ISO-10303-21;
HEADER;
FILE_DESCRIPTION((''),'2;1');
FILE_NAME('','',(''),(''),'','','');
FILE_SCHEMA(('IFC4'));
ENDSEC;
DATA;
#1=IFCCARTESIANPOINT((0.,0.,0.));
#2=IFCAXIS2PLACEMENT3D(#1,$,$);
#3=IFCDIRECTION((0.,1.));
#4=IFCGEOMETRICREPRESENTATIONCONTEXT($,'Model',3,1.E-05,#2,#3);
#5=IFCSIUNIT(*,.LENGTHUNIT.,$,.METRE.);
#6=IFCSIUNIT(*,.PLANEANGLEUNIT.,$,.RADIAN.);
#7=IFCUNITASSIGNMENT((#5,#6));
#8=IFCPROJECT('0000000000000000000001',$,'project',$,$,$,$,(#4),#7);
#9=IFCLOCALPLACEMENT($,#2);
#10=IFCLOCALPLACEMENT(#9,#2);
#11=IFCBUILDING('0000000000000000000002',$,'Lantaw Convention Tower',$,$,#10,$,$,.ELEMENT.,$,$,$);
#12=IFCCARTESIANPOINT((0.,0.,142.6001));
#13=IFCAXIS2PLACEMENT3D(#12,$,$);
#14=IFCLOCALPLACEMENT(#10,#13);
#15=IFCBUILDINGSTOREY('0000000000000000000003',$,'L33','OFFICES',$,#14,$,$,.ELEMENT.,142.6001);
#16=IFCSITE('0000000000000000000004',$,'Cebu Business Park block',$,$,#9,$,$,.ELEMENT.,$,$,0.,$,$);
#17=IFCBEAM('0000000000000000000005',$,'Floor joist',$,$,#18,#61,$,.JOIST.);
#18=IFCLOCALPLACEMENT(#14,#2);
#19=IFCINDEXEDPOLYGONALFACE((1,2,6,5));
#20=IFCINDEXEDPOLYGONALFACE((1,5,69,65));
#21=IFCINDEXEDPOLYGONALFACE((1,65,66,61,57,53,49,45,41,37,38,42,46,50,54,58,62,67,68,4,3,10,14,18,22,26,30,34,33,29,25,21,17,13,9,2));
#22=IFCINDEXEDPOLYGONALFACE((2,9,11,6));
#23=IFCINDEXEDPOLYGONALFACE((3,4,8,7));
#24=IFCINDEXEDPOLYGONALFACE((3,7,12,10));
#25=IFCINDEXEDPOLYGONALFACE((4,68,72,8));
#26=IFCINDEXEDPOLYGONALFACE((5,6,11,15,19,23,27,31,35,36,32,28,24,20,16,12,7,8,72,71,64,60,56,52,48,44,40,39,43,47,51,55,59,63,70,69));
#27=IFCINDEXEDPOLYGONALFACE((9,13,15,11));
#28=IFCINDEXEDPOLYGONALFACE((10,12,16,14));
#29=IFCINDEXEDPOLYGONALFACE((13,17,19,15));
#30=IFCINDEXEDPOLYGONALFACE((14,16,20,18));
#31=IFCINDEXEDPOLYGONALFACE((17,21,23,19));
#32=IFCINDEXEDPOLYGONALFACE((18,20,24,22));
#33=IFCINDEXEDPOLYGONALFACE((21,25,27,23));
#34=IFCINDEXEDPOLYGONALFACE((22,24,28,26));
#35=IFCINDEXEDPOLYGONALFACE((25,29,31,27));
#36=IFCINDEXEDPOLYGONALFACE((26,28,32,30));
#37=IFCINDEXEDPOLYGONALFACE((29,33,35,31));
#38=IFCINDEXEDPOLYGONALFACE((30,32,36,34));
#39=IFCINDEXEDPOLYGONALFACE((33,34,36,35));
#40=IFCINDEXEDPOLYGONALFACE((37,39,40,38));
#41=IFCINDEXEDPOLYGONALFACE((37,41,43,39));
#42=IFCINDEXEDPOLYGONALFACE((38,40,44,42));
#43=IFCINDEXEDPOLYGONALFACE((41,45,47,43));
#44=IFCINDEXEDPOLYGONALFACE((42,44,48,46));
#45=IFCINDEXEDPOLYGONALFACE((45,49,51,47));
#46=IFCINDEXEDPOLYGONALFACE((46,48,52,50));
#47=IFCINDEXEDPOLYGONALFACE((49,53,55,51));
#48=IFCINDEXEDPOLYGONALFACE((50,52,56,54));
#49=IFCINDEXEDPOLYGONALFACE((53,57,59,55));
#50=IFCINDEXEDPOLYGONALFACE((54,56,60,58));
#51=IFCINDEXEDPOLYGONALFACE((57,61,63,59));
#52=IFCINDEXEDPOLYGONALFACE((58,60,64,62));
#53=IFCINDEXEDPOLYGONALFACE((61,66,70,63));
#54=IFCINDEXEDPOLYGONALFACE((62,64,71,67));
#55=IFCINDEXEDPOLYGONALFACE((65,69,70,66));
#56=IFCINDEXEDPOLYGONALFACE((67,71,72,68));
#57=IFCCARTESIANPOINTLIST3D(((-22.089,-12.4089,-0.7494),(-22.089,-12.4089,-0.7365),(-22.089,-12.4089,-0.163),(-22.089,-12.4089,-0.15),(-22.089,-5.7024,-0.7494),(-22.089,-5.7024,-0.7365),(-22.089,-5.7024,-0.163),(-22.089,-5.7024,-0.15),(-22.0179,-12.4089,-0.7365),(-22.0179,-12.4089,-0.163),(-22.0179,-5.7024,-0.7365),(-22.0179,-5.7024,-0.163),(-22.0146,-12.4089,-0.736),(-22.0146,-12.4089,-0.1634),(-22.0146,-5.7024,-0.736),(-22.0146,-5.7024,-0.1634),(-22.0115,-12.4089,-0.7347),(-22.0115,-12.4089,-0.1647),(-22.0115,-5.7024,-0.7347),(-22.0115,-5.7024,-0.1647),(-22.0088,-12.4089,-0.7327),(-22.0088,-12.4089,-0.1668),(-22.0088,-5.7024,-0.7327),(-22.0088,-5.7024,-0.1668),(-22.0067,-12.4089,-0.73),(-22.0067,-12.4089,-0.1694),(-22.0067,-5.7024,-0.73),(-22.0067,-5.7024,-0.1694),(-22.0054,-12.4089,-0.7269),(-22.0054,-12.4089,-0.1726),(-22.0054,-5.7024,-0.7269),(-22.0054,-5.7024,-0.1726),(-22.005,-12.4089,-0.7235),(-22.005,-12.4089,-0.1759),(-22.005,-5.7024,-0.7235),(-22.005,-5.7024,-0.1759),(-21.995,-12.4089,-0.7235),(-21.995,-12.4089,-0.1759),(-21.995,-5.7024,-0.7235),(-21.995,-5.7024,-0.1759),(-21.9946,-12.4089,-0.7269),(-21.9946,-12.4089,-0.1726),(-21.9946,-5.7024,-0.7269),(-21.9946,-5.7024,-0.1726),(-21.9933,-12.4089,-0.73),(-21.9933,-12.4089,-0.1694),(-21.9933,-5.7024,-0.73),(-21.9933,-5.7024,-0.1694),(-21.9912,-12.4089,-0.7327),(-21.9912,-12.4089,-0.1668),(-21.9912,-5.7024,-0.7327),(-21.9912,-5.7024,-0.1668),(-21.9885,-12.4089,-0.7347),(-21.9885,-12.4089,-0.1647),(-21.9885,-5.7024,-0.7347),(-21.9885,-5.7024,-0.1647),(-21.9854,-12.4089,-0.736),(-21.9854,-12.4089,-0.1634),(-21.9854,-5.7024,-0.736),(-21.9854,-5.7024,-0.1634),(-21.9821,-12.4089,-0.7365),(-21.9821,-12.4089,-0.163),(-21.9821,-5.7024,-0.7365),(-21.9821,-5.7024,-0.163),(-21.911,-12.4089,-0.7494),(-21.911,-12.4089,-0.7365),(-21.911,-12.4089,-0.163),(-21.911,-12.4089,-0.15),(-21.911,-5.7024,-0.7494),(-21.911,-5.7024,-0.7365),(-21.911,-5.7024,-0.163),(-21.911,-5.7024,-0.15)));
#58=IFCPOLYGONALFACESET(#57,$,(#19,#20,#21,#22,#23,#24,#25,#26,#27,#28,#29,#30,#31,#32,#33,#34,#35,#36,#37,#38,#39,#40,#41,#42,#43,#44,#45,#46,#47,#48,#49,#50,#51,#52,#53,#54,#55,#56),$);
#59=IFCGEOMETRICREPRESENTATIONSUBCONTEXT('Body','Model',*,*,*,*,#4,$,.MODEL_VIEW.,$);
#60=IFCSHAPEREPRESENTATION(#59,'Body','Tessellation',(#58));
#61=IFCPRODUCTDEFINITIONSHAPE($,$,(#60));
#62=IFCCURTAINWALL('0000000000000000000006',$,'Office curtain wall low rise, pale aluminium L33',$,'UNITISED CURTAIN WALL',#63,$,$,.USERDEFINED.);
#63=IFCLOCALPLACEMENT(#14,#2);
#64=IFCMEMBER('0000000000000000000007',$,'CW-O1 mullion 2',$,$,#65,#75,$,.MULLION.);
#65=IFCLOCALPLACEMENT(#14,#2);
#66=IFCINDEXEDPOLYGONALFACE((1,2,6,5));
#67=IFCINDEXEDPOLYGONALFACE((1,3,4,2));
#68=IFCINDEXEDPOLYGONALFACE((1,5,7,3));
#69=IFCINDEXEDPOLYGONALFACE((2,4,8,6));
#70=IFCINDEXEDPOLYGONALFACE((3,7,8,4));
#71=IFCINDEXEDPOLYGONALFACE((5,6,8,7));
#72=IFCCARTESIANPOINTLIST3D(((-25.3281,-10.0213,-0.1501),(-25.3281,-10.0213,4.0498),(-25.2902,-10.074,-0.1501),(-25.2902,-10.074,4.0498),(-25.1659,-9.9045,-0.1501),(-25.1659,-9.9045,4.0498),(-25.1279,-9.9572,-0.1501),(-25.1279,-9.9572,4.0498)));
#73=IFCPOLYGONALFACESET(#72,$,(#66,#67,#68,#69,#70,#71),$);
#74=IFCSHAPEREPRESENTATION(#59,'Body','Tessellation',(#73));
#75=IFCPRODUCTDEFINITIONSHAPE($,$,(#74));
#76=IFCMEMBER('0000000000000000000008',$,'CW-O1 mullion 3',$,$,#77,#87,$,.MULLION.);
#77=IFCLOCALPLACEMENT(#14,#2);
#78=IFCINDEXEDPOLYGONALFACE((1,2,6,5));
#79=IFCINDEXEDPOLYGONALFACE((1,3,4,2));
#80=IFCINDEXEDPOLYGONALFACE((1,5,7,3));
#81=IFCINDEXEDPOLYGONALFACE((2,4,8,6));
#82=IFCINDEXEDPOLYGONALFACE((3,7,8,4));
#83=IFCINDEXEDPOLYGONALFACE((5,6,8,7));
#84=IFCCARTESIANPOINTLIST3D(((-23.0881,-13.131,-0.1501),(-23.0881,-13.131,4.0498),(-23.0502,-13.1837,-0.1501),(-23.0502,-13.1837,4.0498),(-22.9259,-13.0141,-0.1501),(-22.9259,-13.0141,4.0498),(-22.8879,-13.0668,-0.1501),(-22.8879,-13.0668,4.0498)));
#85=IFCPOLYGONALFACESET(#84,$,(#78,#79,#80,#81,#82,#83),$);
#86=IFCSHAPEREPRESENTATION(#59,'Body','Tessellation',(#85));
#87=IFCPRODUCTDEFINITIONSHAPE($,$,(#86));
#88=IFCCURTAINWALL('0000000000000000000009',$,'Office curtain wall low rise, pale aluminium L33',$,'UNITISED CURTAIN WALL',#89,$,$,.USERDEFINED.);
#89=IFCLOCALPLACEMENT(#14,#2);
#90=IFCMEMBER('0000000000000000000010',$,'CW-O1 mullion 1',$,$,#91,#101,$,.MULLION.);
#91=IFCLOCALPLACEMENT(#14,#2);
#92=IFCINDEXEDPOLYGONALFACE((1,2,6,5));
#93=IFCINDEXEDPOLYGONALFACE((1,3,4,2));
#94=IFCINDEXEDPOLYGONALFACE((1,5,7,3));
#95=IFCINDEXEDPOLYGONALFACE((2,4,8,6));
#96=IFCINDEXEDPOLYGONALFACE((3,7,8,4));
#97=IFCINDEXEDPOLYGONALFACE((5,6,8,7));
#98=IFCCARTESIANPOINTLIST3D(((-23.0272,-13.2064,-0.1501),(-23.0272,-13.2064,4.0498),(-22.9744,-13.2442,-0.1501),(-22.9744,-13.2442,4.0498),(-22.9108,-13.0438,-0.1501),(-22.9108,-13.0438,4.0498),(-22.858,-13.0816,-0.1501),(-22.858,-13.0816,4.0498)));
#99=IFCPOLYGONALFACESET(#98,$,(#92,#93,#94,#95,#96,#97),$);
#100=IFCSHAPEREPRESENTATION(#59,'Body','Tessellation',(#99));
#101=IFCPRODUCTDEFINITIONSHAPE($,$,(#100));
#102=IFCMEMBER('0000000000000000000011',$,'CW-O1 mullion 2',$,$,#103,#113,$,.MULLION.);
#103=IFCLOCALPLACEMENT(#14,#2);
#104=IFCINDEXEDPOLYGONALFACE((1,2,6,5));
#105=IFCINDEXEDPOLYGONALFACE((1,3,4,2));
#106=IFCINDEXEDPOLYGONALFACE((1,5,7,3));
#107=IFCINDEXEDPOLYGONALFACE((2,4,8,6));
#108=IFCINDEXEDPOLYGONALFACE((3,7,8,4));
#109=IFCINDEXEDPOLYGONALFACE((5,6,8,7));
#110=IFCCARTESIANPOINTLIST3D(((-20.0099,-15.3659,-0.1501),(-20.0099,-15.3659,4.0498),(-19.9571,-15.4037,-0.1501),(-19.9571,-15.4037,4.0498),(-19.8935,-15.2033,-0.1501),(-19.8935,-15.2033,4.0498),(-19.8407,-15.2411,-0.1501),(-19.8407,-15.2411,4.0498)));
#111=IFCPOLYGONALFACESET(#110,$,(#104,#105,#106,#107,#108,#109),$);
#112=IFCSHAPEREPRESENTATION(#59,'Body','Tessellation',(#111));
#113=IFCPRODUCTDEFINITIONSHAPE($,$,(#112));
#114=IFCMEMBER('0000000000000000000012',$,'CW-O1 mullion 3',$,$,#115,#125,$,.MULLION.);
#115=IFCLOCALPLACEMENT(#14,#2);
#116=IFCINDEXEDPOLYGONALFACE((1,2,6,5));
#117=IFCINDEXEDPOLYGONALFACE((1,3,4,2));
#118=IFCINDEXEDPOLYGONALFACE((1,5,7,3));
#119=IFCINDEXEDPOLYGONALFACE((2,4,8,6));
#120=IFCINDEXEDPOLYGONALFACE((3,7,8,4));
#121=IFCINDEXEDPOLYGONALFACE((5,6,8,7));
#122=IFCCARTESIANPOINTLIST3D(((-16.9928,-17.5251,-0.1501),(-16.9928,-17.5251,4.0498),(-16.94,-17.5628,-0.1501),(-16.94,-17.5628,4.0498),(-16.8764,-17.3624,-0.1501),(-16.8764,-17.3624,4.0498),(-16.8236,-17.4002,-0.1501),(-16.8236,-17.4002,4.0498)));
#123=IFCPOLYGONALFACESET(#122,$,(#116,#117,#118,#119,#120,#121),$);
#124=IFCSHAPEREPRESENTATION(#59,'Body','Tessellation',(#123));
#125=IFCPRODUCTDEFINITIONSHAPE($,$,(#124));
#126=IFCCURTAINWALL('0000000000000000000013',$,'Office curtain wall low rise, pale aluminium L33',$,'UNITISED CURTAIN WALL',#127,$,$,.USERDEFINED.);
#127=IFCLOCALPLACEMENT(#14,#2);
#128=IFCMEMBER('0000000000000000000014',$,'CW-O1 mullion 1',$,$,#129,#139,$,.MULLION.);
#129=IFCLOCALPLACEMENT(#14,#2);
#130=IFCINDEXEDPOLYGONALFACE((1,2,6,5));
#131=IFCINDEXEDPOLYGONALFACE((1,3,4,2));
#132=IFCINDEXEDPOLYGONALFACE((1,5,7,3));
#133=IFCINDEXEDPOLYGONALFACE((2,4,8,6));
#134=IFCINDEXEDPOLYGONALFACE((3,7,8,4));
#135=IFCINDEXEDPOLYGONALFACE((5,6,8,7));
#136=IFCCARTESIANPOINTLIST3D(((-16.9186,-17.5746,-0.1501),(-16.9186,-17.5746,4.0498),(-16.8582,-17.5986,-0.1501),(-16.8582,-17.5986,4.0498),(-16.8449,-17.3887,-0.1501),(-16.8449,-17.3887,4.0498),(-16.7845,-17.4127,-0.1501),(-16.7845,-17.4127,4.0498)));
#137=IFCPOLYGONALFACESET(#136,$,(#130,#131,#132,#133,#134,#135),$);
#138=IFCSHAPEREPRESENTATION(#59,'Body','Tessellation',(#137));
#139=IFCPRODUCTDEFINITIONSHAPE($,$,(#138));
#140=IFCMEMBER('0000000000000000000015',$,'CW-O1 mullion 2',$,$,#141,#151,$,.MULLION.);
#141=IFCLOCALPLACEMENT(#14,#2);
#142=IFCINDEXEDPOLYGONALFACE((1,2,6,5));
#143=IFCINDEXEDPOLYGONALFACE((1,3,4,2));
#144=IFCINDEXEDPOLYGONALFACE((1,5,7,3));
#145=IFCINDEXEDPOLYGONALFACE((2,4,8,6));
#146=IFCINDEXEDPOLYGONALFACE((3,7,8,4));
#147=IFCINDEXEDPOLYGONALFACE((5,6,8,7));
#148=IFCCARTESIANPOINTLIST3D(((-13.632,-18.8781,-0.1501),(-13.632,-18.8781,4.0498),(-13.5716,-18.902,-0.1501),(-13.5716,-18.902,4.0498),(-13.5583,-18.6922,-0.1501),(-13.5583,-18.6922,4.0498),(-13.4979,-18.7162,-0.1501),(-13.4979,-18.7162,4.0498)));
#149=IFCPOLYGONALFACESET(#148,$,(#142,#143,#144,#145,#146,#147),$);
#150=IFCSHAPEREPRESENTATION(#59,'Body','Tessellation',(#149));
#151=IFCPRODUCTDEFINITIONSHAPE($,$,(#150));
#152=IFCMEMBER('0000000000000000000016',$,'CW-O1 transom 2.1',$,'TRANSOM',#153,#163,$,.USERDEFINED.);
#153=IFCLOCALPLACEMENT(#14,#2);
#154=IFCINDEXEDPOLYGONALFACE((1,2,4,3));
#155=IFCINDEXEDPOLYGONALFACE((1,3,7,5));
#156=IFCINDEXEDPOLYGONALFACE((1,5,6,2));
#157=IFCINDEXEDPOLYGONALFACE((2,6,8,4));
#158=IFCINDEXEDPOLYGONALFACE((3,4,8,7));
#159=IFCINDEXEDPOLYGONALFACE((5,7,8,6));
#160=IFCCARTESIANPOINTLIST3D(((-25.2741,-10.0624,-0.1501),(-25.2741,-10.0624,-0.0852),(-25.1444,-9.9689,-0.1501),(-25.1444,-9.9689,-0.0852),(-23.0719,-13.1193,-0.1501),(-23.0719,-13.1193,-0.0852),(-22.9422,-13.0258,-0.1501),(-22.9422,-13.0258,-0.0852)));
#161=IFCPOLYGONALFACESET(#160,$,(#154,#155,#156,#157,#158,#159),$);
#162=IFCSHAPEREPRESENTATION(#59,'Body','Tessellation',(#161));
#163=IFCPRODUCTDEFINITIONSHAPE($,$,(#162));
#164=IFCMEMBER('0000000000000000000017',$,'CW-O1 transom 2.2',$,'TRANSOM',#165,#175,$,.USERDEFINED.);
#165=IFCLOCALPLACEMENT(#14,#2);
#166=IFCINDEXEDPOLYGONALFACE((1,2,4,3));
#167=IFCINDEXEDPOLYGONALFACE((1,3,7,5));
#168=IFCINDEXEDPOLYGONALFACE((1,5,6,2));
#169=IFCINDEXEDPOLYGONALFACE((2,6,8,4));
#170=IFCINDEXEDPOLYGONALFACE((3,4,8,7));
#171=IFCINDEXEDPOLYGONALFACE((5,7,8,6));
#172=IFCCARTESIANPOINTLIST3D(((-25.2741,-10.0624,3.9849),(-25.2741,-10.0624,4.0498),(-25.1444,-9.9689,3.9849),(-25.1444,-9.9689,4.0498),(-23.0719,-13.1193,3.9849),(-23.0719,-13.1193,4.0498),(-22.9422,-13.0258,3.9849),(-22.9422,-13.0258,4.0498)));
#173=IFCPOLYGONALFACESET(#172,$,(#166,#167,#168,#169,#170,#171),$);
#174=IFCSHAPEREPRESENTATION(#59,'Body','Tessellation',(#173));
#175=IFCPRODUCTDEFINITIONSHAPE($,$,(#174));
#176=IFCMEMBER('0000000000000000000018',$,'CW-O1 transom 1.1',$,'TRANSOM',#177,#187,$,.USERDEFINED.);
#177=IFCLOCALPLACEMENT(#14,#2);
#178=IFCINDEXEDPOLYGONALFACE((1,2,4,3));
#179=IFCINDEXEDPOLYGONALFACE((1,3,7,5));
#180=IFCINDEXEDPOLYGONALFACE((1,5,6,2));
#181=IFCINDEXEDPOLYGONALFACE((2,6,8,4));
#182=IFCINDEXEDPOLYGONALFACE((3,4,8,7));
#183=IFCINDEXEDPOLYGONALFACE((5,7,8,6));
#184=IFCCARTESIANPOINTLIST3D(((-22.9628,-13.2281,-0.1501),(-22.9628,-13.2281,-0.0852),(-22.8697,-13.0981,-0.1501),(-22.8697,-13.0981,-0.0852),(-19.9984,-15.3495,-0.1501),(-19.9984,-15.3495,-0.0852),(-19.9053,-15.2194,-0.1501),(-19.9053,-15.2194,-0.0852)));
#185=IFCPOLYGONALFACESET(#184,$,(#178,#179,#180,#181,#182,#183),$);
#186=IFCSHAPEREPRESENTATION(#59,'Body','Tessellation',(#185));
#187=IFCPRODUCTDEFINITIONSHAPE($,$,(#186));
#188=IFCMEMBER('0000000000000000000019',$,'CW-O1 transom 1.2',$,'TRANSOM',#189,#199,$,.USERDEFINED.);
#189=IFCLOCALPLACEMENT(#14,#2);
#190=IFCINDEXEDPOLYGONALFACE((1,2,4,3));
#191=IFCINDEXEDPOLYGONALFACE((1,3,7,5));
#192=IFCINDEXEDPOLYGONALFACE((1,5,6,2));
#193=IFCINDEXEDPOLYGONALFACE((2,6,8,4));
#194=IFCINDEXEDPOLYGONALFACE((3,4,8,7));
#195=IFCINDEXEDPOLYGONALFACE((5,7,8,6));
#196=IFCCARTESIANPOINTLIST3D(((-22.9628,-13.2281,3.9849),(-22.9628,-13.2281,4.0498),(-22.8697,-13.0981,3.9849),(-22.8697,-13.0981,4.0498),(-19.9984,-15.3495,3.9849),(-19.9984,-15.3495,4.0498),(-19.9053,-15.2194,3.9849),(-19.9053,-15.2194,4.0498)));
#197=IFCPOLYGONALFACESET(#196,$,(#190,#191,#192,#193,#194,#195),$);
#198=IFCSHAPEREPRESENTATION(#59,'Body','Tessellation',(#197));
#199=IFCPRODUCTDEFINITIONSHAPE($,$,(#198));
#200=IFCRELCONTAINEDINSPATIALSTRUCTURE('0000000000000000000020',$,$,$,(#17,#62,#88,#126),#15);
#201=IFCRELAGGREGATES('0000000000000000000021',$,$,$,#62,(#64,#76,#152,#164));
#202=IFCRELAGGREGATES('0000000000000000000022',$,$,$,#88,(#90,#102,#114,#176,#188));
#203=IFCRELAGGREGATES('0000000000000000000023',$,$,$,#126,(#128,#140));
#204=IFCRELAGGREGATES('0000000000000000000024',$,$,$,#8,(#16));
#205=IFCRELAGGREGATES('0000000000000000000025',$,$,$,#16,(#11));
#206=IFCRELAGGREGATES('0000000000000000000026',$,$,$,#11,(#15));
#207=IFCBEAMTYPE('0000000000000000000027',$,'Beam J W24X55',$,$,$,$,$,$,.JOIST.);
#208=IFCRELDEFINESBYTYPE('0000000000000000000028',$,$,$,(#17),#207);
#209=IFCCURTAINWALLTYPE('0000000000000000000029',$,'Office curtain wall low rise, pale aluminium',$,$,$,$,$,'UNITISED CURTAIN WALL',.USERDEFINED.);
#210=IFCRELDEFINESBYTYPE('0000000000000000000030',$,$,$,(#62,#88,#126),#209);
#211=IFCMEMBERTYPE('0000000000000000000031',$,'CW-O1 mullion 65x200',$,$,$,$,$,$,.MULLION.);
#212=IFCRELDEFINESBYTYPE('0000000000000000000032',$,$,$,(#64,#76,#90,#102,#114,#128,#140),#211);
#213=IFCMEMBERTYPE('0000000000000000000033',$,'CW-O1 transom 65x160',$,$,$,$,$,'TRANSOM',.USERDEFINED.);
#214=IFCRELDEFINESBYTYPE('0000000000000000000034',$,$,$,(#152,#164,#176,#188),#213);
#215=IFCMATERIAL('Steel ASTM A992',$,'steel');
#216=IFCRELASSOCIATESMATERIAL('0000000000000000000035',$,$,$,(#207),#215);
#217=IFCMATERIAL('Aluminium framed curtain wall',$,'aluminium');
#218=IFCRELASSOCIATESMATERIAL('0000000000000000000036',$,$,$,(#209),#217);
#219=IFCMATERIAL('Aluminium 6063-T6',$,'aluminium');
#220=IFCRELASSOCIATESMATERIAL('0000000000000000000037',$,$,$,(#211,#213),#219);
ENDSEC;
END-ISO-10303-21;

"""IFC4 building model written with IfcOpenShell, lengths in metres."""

from ifc_helpers import new_model, si_unit, direction, frame, origin, origin_2d, place, context, subcontext, project, spatial, rectangle, i_section, extrude, material, material_profile, profile_set, type_object, element, aggregate, save


model = new_model("IFC4")

# Units and contexts
model_context = context("Model", 3, precision=1e-05, world=origin(), true_north=direction((0.0, 1.0)))
body_context = subcontext(model_context, "Body", "Model", "MODEL_VIEW")
ifc_project = project(units=[si_unit("LENGTHUNIT", "METRE"), si_unit("PLANEANGLEUNIT", "RADIAN")], contexts=[model_context])

# Site, building, storey
site_placement = place(None, origin())
site = spatial("IfcSite", under=ifc_project, at=site_placement, Name="Cebu Business Park block", CompositionType="ELEMENT", RefElevation=0.0)
building_placement = place(site_placement, origin())
building = spatial("IfcBuilding", under=site, at=building_placement, Name="Lantaw Convention Tower", CompositionType="ELEMENT")
storey_placement = place(building_placement, frame((0.0, 0.0, 142.6001)))
storey = spatial("IfcBuildingStorey", under=building, at=storey_placement, Name="L33", Description="OFFICES", CompositionType="ELEMENT", Elevation=142.6001)

# Beam
ifc_material_1 = material(Name="Steel ASTM A992", Category="steel")
ifc_material_profile_1 = material_profile(ifc_material_1, i_section(OverallWidth=0.178, OverallDepth=0.5994, WebThickness=0.01, FlangeThickness=0.0129, FilletRadius=0.0129, at=origin_2d()), Name="W24X55")
ifc_profile_set_1 = profile_set([ifc_material_profile_1], Name="Steel ASTM A992")
beam_type_1 = type_object("IfcBeamType", Name="Beam J W24X55", PredefinedType="JOIST", material=ifc_profile_set_1)
beam_1_placement = place(storey_placement, frame((-22.0, -12.4089, -0.4497), z_axis=(0.0, 1.0, 0.0), x_axis=(-1.0, 0.0, 0.0)))
element("IfcBeam", 1, at=beam_1_placement, inside=storey, type_object=beam_type_1, Name="Floor joist", PredefinedType="JOIST", context=body_context, shape_type="SweptSolid", body=[
    extrude(i_section(OverallWidth=0.178, OverallDepth=0.5994, WebThickness=0.01, FlangeThickness=0.0129, FilletRadius=0.0129, at=origin_2d()), origin(), (0.0, 0.0, 1.0), 6.7065),
])

# Curtain walls, members
ifc_material_2 = material(Name="Aluminium framed curtain wall", Category="aluminium")
curtain_wall_type = type_object("IfcCurtainWallType", Name="Office curtain wall low rise, pale aluminium", ElementType="UNITISED CURTAIN WALL", PredefinedType="USERDEFINED", material=ifc_material_2)
curtain_wall_1_placement = place(storey_placement, origin())
curtain_wall_1 = element("IfcCurtainWall", 2, at=curtain_wall_1_placement, inside=storey, type_object=curtain_wall_type, Name="Office curtain wall low rise, pale aluminium L33", ObjectType="UNITISED CURTAIN WALL", PredefinedType="USERDEFINED")
ifc_material_3 = material(Name="Aluminium 6063-T6", Category="aluminium")
ifc_material_profile_2 = material_profile(ifc_material_3, rectangle(XDim=0.2, YDim=0.0649, at=origin_2d()), Name="CW-O1 mullion 65x200")
ifc_profile_set_2 = profile_set([ifc_material_profile_2], Name="Aluminium 6063-T6")
member_type_1 = type_object("IfcMemberType", Name="CW-O1 mullion 65x200", PredefinedType="MULLION", material=ifc_profile_set_2)
member_1_placement = place(storey_placement, frame((-25.228, -9.9893, -0.1501), z_axis=(0.0, 0.0, 1.0), x_axis=(0.811385, 0.584513, 0.0)))
member_1 = element("IfcMember", 3, at=member_1_placement, type_object=member_type_1, Name="CW-O1 mullion 2", PredefinedType="MULLION", context=body_context, shape_type="SweptSolid", body=[
    extrude(rectangle(XDim=0.2, YDim=0.0649, at=origin_2d()), origin(), (0.0, 0.0, 1.0), 4.2),
])
member_2_placement = place(storey_placement, frame((-22.988, -13.0989, -0.1501), z_axis=(0.0, 0.0, 1.0), x_axis=(0.811385, 0.584513, 0.0)))
member_2 = element("IfcMember", 4, at=member_2_placement, type_object=member_type_1, Name="CW-O1 mullion 3", PredefinedType="MULLION", context=body_context, shape_type="SweptSolid", body=[
    extrude(rectangle(XDim=0.2, YDim=0.0649, at=origin_2d()), origin(), (0.0, 0.0, 1.0), 4.2),
])
curtain_wall_2_placement = place(storey_placement, origin())
curtain_wall_2 = element("IfcCurtainWall", 5, at=curtain_wall_2_placement, inside=storey, type_object=curtain_wall_type, Name="Office curtain wall low rise, pale aluminium L33", ObjectType="UNITISED CURTAIN WALL", PredefinedType="USERDEFINED")
member_3_placement = place(storey_placement, frame((-22.9426, -13.144, -0.1501), z_axis=(0.0, 0.0, 1.0), x_axis=(0.581973, 0.813208, 0.0)))
member_3 = element("IfcMember", 6, at=member_3_placement, type_object=member_type_1, Name="CW-O1 mullion 1", PredefinedType="MULLION", context=body_context, shape_type="SweptSolid", body=[
    extrude(rectangle(XDim=0.2, YDim=0.0649, at=origin_2d()), origin(), (0.0, 0.0, 1.0), 4.2),
])
member_4_placement = place(storey_placement, frame((-19.9253, -15.3035, -0.1501), z_axis=(0.0, 0.0, 1.0), x_axis=(0.581973, 0.813208, 0.0)))
member_4 = element("IfcMember", 7, at=member_4_placement, type_object=member_type_1, Name="CW-O1 mullion 2", PredefinedType="MULLION", context=body_context, shape_type="SweptSolid", body=[
    extrude(rectangle(XDim=0.2, YDim=0.0649, at=origin_2d()), origin(), (0.0, 0.0, 1.0), 4.2),
])
member_5_placement = place(storey_placement, frame((-16.9082, -17.4626, -0.1501), z_axis=(0.0, 0.0, 1.0), x_axis=(0.581973, 0.813208, 0.0)))
member_5 = element("IfcMember", 8, at=member_5_placement, type_object=member_type_1, Name="CW-O1 mullion 3", PredefinedType="MULLION", context=body_context, shape_type="SweptSolid", body=[
    extrude(rectangle(XDim=0.2, YDim=0.0649, at=origin_2d()), origin(), (0.0, 0.0, 1.0), 4.2),
])
curtain_wall_3_placement = place(storey_placement, origin())
curtain_wall_3 = element("IfcCurtainWall", 9, at=curtain_wall_3_placement, inside=storey, type_object=curtain_wall_type, Name="Office curtain wall low rise, pale aluminium L33", ObjectType="UNITISED CURTAIN WALL", PredefinedType="USERDEFINED")
member_6_placement = place(storey_placement, frame((-16.8516, -17.4937, -0.1501), z_axis=(0.0, 0.0, 1.0), x_axis=(0.368702, 0.929548, 0.0)))
member_6 = element("IfcMember", 10, at=member_6_placement, type_object=member_type_1, Name="CW-O1 mullion 1", PredefinedType="MULLION", context=body_context, shape_type="SweptSolid", body=[
    extrude(rectangle(XDim=0.2, YDim=0.0649, at=origin_2d()), origin(), (0.0, 0.0, 1.0), 4.2),
])
member_7_placement = place(storey_placement, frame((-13.5649, -18.7971, -0.1501), z_axis=(0.0, 0.0, 1.0), x_axis=(0.368702, 0.929548, 0.0)))
member_7 = element("IfcMember", 11, at=member_7_placement, type_object=member_type_1, Name="CW-O1 mullion 2", PredefinedType="MULLION", context=body_context, shape_type="SweptSolid", body=[
    extrude(rectangle(XDim=0.2, YDim=0.0649, at=origin_2d()), origin(), (0.0, 0.0, 1.0), 4.2),
])

# Members
ifc_material_profile_3 = material_profile(ifc_material_3, rectangle(XDim=0.1599, YDim=0.0649, at=origin_2d()), Name="CW-O1 transom 65x160")
ifc_profile_set_3 = profile_set([ifc_material_profile_3], Name="Aluminium 6063-T6")
member_type_2 = type_object("IfcMemberType", Name="CW-O1 transom 65x160", ElementType="TRANSOM", PredefinedType="USERDEFINED", material=ifc_profile_set_3)
member_8_placement = place(storey_placement, frame((-25.2092, -10.0156, -0.1177), z_axis=(0.584513, -0.811384, 0.0), x_axis=(0.811384, 0.584513, 0.0)))
member_8 = element("IfcMember", 12, at=member_8_placement, type_object=member_type_2, Name="CW-O1 transom 2.1", ObjectType="TRANSOM", PredefinedType="USERDEFINED", context=body_context, shape_type="SweptSolid", body=[
    extrude(rectangle(XDim=0.1599, YDim=0.0649, at=origin_2d()), origin(), (0.0, 0.0, 1.0), 3.7676),
])
member_9_placement = place(storey_placement, frame((-25.2092, -10.0156, 4.0173), z_axis=(0.584513, -0.811384, 0.0), x_axis=(0.811384, 0.584513, 0.0)))
member_9 = element("IfcMember", 13, at=member_9_placement, type_object=member_type_2, Name="CW-O1 transom 2.2", ObjectType="TRANSOM", PredefinedType="USERDEFINED", context=body_context, shape_type="SweptSolid", body=[
    extrude(rectangle(XDim=0.1599, YDim=0.0649, at=origin_2d()), origin(), (0.0, 0.0, 1.0), 3.7676),
])
member_10_placement = place(storey_placement, frame((-22.9163, -13.1631, -0.1177), z_axis=(0.813222, -0.581954, 0.0), x_axis=(0.581954, 0.813222, 0.0)))
member_10 = element("IfcMember", 14, at=member_10_placement, type_object=member_type_2, Name="CW-O1 transom 1.1", ObjectType="TRANSOM", PredefinedType="USERDEFINED", context=body_context, shape_type="SweptSolid", body=[
    extrude(rectangle(XDim=0.1599, YDim=0.0649, at=origin_2d()), origin(), (0.0, 0.0, 1.0), 3.6453),
])
member_11_placement = place(storey_placement, frame((-22.9163, -13.1631, 4.0173), z_axis=(0.813222, -0.581954, 0.0), x_axis=(0.581954, 0.813222, 0.0)))
member_11 = element("IfcMember", 15, at=member_11_placement, type_object=member_type_2, Name="CW-O1 transom 1.2", ObjectType="TRANSOM", PredefinedType="USERDEFINED", context=body_context, shape_type="SweptSolid", body=[
    extrude(rectangle(XDim=0.1599, YDim=0.0649, at=origin_2d()), origin(), (0.0, 0.0, 1.0), 3.6453),
])

aggregate(curtain_wall_1, [member_1, member_2, member_8, member_9])
aggregate(curtain_wall_2, [member_3, member_4, member_5, member_10, member_11])
aggregate(curtain_wall_3, [member_6, member_7])

save(model, "model.ifc")
